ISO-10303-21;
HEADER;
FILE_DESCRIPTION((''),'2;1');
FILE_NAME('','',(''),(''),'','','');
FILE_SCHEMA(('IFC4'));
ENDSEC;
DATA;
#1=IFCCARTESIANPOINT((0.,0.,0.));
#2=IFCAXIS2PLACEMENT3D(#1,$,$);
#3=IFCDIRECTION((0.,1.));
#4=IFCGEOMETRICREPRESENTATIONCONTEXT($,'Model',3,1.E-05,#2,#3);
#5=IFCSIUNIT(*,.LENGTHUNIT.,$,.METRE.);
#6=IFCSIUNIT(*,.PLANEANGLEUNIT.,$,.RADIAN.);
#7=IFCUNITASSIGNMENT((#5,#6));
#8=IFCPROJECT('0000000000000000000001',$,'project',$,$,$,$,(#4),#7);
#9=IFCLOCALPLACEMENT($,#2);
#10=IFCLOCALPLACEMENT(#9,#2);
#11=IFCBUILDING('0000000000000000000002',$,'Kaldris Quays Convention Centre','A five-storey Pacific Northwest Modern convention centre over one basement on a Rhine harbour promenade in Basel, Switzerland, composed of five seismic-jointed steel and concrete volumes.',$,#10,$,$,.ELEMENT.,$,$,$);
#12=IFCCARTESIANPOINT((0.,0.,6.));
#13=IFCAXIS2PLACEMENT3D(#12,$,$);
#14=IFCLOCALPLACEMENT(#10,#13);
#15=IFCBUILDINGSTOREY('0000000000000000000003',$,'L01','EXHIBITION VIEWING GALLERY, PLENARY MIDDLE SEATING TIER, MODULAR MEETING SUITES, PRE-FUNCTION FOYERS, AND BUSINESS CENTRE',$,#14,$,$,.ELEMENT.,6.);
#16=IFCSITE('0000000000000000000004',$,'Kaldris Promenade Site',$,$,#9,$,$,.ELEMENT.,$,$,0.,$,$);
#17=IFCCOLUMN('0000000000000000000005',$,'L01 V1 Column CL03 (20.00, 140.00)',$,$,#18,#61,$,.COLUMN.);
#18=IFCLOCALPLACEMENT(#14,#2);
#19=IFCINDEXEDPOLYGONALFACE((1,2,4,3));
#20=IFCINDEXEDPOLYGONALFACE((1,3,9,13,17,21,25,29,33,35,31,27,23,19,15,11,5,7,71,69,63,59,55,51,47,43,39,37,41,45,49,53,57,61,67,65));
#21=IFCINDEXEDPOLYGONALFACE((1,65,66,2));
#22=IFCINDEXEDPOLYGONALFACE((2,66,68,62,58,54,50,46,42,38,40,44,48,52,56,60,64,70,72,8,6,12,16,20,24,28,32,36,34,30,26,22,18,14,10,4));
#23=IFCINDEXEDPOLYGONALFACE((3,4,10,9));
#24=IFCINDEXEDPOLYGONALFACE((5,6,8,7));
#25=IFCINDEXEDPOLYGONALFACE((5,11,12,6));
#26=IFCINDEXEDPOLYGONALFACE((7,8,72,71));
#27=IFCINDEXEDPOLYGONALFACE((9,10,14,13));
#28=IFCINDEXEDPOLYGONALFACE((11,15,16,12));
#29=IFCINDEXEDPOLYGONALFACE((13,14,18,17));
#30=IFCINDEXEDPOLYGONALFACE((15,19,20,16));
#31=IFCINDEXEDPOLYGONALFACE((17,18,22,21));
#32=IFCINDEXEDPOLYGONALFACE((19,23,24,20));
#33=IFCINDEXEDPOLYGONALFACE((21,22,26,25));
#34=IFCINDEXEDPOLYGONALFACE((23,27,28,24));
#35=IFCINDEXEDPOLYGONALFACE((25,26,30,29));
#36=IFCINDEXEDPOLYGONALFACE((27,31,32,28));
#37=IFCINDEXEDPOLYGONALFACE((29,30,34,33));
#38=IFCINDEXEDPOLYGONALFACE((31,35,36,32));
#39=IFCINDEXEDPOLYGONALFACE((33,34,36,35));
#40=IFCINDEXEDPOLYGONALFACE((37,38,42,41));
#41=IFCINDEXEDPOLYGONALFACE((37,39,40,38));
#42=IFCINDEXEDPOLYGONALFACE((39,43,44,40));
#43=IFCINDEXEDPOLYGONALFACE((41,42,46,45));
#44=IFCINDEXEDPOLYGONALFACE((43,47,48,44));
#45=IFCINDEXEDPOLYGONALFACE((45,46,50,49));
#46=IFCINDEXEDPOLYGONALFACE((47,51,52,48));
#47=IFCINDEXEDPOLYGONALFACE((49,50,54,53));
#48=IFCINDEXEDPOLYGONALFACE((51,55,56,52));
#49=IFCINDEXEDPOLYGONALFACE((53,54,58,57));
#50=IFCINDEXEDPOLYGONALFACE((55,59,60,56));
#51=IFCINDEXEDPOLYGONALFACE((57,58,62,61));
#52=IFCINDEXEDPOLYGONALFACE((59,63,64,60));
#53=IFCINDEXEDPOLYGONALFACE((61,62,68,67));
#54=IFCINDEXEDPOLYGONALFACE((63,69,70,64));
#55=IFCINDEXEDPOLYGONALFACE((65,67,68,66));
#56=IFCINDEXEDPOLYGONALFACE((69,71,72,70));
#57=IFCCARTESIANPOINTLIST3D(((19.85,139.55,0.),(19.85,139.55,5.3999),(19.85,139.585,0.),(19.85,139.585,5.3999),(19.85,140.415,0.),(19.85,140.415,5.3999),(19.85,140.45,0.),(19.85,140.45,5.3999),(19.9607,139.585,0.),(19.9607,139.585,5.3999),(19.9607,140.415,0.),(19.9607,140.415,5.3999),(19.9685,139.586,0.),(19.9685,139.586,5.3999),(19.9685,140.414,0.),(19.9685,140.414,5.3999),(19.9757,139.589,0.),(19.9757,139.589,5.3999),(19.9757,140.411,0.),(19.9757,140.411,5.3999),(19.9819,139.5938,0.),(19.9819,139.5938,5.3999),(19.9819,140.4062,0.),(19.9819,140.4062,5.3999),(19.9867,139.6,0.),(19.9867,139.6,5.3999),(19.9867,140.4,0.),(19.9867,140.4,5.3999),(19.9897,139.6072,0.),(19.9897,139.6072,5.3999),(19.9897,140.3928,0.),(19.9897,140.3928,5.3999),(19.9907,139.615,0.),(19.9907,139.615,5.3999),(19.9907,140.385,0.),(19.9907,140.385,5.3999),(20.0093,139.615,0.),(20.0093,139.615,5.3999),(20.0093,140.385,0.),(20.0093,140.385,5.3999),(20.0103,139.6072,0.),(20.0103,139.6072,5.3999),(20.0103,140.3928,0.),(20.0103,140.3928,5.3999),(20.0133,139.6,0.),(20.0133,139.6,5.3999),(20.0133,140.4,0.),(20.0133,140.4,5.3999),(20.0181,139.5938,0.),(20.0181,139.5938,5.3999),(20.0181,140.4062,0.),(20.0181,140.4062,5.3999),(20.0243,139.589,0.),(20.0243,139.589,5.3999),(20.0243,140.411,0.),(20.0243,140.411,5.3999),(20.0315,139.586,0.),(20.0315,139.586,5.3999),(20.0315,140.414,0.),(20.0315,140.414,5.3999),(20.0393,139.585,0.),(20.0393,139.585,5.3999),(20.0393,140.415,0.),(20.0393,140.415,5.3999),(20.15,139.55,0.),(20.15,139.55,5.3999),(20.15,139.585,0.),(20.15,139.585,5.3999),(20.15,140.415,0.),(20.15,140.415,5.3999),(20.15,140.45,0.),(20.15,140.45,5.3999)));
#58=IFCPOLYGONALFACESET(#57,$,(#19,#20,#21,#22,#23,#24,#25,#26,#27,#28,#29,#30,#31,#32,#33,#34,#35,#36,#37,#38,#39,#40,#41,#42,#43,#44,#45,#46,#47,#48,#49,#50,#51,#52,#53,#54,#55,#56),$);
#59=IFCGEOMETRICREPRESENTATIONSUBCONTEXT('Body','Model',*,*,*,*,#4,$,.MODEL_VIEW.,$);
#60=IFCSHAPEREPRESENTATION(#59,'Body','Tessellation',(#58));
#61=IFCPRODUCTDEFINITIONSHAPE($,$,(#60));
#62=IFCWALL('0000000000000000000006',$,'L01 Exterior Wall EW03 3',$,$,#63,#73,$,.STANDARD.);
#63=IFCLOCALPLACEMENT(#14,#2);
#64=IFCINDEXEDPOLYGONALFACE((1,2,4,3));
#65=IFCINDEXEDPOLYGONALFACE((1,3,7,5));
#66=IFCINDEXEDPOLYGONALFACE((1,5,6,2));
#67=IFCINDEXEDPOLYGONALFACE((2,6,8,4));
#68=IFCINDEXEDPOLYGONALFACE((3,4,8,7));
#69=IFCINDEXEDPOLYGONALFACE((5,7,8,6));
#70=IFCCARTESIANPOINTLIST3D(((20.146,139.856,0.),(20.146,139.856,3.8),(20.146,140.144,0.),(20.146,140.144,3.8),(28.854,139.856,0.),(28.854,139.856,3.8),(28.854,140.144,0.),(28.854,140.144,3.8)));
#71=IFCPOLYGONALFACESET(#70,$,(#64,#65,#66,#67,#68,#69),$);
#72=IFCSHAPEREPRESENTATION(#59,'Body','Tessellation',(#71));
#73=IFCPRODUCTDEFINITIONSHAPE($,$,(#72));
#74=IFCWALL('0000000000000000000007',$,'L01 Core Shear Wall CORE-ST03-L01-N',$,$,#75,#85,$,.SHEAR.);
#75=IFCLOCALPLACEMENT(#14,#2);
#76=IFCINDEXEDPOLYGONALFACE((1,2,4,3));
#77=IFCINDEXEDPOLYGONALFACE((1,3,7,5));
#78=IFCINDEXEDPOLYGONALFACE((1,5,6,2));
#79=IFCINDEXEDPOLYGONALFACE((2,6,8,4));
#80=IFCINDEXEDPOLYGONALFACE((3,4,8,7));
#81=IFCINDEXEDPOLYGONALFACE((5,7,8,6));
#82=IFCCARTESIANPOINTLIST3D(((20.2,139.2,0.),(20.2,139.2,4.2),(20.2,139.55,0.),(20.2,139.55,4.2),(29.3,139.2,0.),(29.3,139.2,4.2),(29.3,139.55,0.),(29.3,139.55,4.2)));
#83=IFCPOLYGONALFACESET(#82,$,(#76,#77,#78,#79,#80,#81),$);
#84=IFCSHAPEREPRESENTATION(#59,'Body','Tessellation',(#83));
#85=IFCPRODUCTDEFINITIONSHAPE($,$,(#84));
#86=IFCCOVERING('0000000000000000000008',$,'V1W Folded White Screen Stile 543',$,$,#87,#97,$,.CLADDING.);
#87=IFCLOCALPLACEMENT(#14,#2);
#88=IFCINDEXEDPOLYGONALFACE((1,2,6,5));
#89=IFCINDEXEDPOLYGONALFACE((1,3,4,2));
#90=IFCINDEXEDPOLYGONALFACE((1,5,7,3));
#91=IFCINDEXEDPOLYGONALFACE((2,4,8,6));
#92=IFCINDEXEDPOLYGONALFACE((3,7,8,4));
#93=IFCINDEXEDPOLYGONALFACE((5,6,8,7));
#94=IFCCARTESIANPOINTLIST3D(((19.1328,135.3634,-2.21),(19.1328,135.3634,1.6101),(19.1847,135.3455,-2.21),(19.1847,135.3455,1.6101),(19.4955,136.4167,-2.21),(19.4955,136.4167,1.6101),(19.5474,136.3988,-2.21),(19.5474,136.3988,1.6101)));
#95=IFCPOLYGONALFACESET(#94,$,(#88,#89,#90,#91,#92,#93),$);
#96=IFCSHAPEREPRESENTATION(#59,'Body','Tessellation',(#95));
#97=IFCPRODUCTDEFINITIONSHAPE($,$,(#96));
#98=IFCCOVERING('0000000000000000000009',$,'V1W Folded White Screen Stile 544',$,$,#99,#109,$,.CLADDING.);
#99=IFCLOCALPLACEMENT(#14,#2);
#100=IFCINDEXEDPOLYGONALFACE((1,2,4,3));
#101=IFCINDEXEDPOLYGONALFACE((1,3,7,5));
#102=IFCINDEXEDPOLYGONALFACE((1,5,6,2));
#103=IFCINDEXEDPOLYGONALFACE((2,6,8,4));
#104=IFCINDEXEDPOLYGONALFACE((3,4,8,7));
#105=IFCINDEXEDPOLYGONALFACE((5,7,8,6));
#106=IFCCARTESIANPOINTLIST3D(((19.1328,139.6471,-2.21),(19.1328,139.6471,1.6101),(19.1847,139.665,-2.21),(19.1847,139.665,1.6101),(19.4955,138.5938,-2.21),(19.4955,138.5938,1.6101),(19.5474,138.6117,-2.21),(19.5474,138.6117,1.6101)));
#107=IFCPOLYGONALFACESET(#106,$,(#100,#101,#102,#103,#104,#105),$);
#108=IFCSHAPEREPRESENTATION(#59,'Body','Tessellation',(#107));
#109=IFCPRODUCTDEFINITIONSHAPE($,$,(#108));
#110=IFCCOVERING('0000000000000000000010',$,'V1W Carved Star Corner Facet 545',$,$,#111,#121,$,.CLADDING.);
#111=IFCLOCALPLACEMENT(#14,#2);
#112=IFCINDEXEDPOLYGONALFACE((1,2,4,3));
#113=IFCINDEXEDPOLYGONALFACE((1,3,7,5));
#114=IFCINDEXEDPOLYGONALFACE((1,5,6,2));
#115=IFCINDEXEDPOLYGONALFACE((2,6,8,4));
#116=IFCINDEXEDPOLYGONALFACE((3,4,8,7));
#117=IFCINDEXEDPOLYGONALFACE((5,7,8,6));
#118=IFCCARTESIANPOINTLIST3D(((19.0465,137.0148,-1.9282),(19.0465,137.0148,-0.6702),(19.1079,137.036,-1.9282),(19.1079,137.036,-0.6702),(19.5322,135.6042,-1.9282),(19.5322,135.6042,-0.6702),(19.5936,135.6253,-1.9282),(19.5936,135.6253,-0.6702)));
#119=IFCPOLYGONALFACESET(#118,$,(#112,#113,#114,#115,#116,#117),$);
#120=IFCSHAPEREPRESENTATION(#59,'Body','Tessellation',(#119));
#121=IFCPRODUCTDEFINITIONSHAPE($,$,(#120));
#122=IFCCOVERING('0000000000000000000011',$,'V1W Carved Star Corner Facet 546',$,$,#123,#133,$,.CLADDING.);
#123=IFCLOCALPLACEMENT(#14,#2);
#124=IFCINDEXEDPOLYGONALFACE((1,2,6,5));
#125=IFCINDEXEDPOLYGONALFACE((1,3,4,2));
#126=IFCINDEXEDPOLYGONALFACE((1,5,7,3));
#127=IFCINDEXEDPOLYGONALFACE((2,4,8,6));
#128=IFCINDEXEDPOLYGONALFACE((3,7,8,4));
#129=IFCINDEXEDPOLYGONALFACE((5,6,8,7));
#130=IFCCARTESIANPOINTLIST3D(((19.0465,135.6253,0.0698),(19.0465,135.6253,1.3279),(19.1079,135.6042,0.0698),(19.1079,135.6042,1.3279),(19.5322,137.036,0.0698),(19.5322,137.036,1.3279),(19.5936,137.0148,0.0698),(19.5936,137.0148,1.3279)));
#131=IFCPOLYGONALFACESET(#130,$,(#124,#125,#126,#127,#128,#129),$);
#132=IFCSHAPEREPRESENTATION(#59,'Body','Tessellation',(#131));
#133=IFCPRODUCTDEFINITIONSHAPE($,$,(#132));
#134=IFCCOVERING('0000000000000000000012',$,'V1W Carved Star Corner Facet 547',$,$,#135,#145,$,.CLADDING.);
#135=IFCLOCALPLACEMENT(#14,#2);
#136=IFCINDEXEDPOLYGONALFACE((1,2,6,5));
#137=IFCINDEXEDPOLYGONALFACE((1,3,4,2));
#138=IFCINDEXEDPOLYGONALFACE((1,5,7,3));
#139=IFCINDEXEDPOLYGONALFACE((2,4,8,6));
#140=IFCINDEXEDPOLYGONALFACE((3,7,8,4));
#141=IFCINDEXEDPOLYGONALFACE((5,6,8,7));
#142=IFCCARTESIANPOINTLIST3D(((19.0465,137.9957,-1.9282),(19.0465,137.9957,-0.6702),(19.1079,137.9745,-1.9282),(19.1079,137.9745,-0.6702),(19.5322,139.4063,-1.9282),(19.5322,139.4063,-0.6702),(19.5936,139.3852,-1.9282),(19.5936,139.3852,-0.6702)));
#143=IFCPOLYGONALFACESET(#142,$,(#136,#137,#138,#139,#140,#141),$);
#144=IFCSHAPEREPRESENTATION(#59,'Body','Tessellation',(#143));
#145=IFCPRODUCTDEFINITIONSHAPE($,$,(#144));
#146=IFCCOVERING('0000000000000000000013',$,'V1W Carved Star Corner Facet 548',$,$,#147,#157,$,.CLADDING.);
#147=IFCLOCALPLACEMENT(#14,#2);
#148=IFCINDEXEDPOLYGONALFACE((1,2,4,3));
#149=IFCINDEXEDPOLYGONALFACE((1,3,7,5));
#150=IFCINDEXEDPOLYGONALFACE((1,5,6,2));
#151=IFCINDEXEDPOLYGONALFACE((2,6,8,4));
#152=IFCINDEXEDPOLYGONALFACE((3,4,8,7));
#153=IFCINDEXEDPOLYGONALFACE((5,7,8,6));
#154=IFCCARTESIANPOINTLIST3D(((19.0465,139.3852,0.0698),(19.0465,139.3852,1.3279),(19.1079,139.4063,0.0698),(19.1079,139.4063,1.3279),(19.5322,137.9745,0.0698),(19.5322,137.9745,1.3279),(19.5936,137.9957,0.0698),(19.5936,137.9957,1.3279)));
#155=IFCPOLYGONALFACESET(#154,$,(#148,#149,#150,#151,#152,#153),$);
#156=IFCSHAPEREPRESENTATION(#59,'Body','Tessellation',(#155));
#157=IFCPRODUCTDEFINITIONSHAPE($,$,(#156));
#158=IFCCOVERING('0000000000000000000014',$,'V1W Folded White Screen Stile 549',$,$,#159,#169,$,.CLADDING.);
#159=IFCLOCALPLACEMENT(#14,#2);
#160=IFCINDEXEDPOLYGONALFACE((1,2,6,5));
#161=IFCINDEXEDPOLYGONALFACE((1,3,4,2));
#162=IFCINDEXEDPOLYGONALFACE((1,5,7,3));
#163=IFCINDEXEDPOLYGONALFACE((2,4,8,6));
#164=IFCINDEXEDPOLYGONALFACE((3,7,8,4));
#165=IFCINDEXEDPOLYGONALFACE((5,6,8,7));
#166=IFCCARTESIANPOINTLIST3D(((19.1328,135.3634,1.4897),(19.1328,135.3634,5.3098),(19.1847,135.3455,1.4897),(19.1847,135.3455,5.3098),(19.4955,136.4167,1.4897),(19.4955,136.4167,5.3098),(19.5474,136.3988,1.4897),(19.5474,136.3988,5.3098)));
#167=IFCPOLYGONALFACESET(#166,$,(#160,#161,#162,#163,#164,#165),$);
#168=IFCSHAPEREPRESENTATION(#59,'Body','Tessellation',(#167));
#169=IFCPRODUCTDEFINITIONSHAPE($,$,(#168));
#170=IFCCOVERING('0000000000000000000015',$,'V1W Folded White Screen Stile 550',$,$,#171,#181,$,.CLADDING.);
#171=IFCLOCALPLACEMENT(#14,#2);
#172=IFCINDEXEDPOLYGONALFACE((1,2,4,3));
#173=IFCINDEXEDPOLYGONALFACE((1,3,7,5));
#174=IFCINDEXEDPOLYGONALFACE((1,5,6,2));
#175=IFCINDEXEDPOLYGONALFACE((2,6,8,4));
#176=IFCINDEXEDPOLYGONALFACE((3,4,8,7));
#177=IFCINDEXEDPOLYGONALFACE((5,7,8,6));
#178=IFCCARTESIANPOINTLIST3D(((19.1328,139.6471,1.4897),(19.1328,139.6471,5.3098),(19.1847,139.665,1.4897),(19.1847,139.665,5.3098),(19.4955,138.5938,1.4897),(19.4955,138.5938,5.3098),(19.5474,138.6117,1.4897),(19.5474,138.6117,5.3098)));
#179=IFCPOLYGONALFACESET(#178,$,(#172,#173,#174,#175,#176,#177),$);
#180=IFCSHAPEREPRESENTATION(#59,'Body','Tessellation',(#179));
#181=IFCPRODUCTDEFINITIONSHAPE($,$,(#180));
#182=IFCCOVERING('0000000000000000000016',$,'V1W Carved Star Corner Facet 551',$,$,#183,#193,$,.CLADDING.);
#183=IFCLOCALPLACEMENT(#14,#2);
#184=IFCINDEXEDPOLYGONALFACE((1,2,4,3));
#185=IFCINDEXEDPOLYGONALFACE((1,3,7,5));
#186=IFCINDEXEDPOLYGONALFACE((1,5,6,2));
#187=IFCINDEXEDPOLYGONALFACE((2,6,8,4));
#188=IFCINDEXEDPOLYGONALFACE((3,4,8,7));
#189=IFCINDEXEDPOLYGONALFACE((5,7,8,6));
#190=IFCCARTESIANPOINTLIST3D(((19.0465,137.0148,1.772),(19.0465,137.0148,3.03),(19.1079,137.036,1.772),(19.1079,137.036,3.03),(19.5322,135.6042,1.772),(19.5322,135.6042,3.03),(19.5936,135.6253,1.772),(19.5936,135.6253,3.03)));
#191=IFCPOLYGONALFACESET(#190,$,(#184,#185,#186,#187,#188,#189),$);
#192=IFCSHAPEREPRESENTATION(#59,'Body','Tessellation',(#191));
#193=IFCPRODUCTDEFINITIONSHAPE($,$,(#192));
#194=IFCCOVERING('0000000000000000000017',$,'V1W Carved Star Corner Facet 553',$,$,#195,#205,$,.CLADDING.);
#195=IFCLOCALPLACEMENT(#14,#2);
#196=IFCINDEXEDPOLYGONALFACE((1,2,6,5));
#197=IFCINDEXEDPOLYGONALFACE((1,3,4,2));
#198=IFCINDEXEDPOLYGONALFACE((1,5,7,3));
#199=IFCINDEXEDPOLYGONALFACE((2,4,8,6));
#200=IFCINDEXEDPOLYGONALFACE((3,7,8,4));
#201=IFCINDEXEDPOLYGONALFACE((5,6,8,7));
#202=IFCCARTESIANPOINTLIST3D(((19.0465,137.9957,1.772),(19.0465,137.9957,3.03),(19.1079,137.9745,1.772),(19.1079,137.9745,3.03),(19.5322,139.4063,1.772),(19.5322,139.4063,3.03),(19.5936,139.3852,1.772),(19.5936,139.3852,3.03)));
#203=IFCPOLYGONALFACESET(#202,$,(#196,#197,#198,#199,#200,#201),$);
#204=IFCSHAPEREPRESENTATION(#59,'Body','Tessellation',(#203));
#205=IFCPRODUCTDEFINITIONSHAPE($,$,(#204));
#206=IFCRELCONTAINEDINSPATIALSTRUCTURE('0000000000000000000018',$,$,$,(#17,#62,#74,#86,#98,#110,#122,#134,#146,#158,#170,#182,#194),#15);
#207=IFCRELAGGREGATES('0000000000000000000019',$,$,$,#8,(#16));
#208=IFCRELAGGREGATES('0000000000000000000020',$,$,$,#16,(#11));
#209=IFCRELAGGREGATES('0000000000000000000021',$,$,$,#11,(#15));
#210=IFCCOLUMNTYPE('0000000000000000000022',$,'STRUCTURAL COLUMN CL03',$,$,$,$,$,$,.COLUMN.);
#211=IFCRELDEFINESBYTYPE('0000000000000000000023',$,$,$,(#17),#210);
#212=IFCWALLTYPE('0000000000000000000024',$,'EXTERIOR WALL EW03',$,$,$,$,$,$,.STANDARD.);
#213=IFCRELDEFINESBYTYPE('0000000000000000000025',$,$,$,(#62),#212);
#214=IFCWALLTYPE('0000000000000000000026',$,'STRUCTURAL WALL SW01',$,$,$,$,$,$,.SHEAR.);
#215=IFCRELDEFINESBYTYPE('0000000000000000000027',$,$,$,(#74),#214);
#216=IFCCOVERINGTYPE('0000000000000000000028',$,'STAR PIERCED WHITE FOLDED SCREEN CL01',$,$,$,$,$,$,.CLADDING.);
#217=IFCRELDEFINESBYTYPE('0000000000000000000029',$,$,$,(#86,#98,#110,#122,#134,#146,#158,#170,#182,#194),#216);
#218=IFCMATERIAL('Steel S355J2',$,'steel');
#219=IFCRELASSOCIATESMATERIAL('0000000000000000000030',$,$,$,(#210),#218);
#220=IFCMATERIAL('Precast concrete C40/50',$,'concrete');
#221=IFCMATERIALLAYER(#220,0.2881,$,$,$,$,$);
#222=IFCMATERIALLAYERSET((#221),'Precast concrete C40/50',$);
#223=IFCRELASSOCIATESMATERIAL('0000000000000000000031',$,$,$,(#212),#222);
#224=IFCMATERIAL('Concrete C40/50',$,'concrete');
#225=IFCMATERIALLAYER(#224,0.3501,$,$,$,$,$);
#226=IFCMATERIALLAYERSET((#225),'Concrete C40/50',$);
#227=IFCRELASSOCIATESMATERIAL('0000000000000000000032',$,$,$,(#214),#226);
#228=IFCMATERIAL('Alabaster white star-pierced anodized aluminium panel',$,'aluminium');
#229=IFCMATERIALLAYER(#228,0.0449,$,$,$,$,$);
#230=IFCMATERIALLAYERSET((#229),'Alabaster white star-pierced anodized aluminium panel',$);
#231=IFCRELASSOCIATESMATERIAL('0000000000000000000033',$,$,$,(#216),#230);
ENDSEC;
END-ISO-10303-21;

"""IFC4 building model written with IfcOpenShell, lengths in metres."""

from ifc_helpers import new_model, si_unit, direction, frame, frame_2d, origin, origin_2d, place, context, subcontext, project, spatial, rectangle, i_section, extrude, material, layer, layer_set, material_profile, profile_set, type_object, element, save


model = new_model("IFC4")

# Units and contexts
model_context = context("Model", 3, precision=1e-05, world=origin(), true_north=direction((0.0, 1.0)))
body_context = subcontext(model_context, "Body", "Model", "MODEL_VIEW")
ifc_project = project(units=[si_unit("LENGTHUNIT", "METRE"), si_unit("PLANEANGLEUNIT", "RADIAN")], contexts=[model_context])

# Site, building, storey
site_placement = place(None, origin())
site = spatial("IfcSite", under=ifc_project, at=site_placement, Name="Kaldris Promenade Site", CompositionType="ELEMENT", RefElevation=0.0)
building_placement = place(site_placement, origin())
building = spatial("IfcBuilding", under=site, at=building_placement, Name="Kaldris Quays Convention Centre", Description="A five-storey Pacific Northwest Modern convention centre over one basement on a Rhine harbour promenade in Basel, Switzerland, composed of five seismic-jointed steel and concrete volumes.", CompositionType="ELEMENT")
storey_placement = place(building_placement, frame((0.0, 0.0, 6.0)))
storey = spatial("IfcBuildingStorey", under=building, at=storey_placement, Name="L01", Description="EXHIBITION VIEWING GALLERY, PLENARY MIDDLE SEATING TIER, MODULAR MEETING SUITES, PRE-FUNCTION FOYERS, AND BUSINESS CENTRE", CompositionType="ELEMENT", Elevation=6.0)

# Column
ifc_material_1 = material(Name="Steel S355J2", Category="steel")
ifc_material_profile = material_profile(ifc_material_1, i_section(OverallWidth=0.3, OverallDepth=0.8999, WebThickness=0.0186, FlangeThickness=0.0349, FilletRadius=0.03, at=origin_2d()), Name="HEB 900")
ifc_profile_set = profile_set([ifc_material_profile], Name="Steel S355J2")
column_type = type_object("IfcColumnType", Name="STRUCTURAL COLUMN CL03", PredefinedType="COLUMN", material=ifc_profile_set)
column_placement = place(storey_placement, frame((20.0, 140.0, 0.0), z_axis=(0.0, 0.0, 1.0), x_axis=(1.0, 0.0, 0.0)))
element("IfcColumn", 1, at=column_placement, inside=storey, type_object=column_type, Name="L01 V1 Column CL03 (20.00, 140.00)", PredefinedType="COLUMN", context=body_context, shape_type="SweptSolid", body=[
    extrude(i_section(OverallWidth=0.3, OverallDepth=0.8999, WebThickness=0.0186, FlangeThickness=0.0349, FilletRadius=0.03, at=origin_2d()), origin(), (0.0, 0.0, 1.0), 5.3999),
])

# Walls
ifc_material_2 = material(Name="Precast concrete C40/50", Category="concrete")
ifc_layer_1 = layer(ifc_material_2, 0.2881)
ifc_layer_set_1 = layer_set([ifc_layer_1], Name="Precast concrete C40/50")
wall_type_1 = type_object("IfcWallType", Name="EXTERIOR WALL EW03", PredefinedType="STANDARD", material=ifc_layer_set_1)
wall_1_placement = place(storey_placement, frame((20.146, 140.0, 0.0), z_axis=(0.0, 0.0, 1.0), x_axis=(1.0, 0.0, 0.0)))
element("IfcWall", 2, at=wall_1_placement, inside=storey, type_object=wall_type_1, Name="L01 Exterior Wall EW03 3", PredefinedType="STANDARD", context=body_context, shape_type="SweptSolid", body=[
    extrude(rectangle(XDim=8.708, YDim=0.2881, at=frame_2d((4.354, 0.0))), origin(), (0.0, 0.0, 1.0), 3.8),
])
ifc_material_3 = material(Name="Concrete C40/50", Category="concrete")
ifc_layer_2 = layer(ifc_material_3, 0.3501)
ifc_layer_set_2 = layer_set([ifc_layer_2], Name="Concrete C40/50")
wall_type_2 = type_object("IfcWallType", Name="STRUCTURAL WALL SW01", PredefinedType="SHEAR", material=ifc_layer_set_2)
wall_2_placement = place(storey_placement, frame((20.2, 139.375, 0.0), z_axis=(0.0, 0.0, 1.0), x_axis=(1.0, 0.0, 0.0)))
element("IfcWall", 3, at=wall_2_placement, inside=storey, type_object=wall_type_2, Name="L01 Core Shear Wall CORE-ST03-L01-N", PredefinedType="SHEAR", context=body_context, shape_type="SweptSolid", body=[
    extrude(rectangle(XDim=9.1001, YDim=0.3501, at=frame_2d((4.55, 0.0))), origin(), (0.0, 0.0, 1.0), 4.2),
])

# Coverings
ifc_material_4 = material(Name="Alabaster white star-pierced anodized aluminium panel", Category="aluminium")
ifc_layer_3 = layer(ifc_material_4, 0.0449)
ifc_layer_set_3 = layer_set([ifc_layer_3], Name="Alabaster white star-pierced anodized aluminium panel")
covering_type = type_object("IfcCoveringType", Name="STAR PIERCED WHITE FOLDED SCREEN CL01", PredefinedType="CLADDING", material=ifc_layer_set_3)
for number, where, z_axis, x_axis, name in (
    (4, (19.3401, 135.8811, -2.21), (0.0, 0.0, 1.0), (0.325568, 0.945519, 0.0), "V1W Folded White Screen Stile 543"),
    (5, (19.3401, 139.1294, -2.21), (0.0, 0.0, 1.0), (-0.325568, 0.945519, 0.0), "V1W Folded White Screen Stile 544"),
):
    element("IfcCovering", number, at=place(storey_placement, frame(where, z_axis=z_axis, x_axis=x_axis)), inside=storey, type_object=covering_type, Name=name, PredefinedType="CLADDING", context=body_context, shape_type="SweptSolid", body=[
        extrude(rectangle(XDim=1.114, YDim=0.0549, at=origin_2d()), origin(), (0.0, 0.0, 1.0), 3.8201),
    ])
for number, where, z_axis, x_axis, name in (
    (6, (19.3201, 136.3201, -1.9282), (0.0, 0.0, 1.0), (-0.325568, 0.945519, 0.0), "V1W Carved Star Corner Facet 545"),
    (7, (19.3201, 136.3201, 0.0698), (0.0, 0.0, 1.0), (0.325568, 0.945519, 0.0), "V1W Carved Star Corner Facet 546"),
    (8, (19.3201, 138.6904, -1.9282), (0.0, 0.0, 1.0), (0.325568, 0.945519, 0.0), "V1W Carved Star Corner Facet 547"),
    (9, (19.3201, 138.6904, 0.0698), (0.0, 0.0, 1.0), (-0.325568, 0.945519, 0.0), "V1W Carved Star Corner Facet 548"),
):
    element("IfcCovering", number, at=place(storey_placement, frame(where, z_axis=z_axis, x_axis=x_axis)), inside=storey, type_object=covering_type, Name=name, PredefinedType="CLADDING", context=body_context, shape_type="SweptSolid", body=[
        extrude(rectangle(XDim=1.4919, YDim=0.0649, at=origin_2d()), origin(), (0.0, 0.0, 1.0), 1.2581),
    ])
for number, where, z_axis, x_axis, name in (
    (10, (19.3401, 135.8811, 1.4897), (0.0, 0.0, 1.0), (0.325568, 0.945519, 0.0), "V1W Folded White Screen Stile 549"),
    (11, (19.3401, 139.1294, 1.4897), (0.0, 0.0, 1.0), (-0.325568, 0.945519, 0.0), "V1W Folded White Screen Stile 550"),
):
    element("IfcCovering", number, at=place(storey_placement, frame(where, z_axis=z_axis, x_axis=x_axis)), inside=storey, type_object=covering_type, Name=name, PredefinedType="CLADDING", context=body_context, shape_type="SweptSolid", body=[
        extrude(rectangle(XDim=1.114, YDim=0.0549, at=origin_2d()), origin(), (0.0, 0.0, 1.0), 3.8201),
    ])
for number, where, z_axis, x_axis, name in (
    (12, (19.3201, 136.3201, 1.772), (0.0, 0.0, 1.0), (-0.325568, 0.945519, 0.0), "V1W Carved Star Corner Facet 551"),
    (13, (19.3201, 138.6904, 1.772), (0.0, 0.0, 1.0), (0.325568, 0.945519, 0.0), "V1W Carved Star Corner Facet 553"),
):
    element("IfcCovering", number, at=place(storey_placement, frame(where, z_axis=z_axis, x_axis=x_axis)), inside=storey, type_object=covering_type, Name=name, PredefinedType="CLADDING", context=body_context, shape_type="SweptSolid", body=[
        extrude(rectangle(XDim=1.4919, YDim=0.0649, at=origin_2d()), origin(), (0.0, 0.0, 1.0), 1.2581),
    ])

save(model, "model.ifc")
